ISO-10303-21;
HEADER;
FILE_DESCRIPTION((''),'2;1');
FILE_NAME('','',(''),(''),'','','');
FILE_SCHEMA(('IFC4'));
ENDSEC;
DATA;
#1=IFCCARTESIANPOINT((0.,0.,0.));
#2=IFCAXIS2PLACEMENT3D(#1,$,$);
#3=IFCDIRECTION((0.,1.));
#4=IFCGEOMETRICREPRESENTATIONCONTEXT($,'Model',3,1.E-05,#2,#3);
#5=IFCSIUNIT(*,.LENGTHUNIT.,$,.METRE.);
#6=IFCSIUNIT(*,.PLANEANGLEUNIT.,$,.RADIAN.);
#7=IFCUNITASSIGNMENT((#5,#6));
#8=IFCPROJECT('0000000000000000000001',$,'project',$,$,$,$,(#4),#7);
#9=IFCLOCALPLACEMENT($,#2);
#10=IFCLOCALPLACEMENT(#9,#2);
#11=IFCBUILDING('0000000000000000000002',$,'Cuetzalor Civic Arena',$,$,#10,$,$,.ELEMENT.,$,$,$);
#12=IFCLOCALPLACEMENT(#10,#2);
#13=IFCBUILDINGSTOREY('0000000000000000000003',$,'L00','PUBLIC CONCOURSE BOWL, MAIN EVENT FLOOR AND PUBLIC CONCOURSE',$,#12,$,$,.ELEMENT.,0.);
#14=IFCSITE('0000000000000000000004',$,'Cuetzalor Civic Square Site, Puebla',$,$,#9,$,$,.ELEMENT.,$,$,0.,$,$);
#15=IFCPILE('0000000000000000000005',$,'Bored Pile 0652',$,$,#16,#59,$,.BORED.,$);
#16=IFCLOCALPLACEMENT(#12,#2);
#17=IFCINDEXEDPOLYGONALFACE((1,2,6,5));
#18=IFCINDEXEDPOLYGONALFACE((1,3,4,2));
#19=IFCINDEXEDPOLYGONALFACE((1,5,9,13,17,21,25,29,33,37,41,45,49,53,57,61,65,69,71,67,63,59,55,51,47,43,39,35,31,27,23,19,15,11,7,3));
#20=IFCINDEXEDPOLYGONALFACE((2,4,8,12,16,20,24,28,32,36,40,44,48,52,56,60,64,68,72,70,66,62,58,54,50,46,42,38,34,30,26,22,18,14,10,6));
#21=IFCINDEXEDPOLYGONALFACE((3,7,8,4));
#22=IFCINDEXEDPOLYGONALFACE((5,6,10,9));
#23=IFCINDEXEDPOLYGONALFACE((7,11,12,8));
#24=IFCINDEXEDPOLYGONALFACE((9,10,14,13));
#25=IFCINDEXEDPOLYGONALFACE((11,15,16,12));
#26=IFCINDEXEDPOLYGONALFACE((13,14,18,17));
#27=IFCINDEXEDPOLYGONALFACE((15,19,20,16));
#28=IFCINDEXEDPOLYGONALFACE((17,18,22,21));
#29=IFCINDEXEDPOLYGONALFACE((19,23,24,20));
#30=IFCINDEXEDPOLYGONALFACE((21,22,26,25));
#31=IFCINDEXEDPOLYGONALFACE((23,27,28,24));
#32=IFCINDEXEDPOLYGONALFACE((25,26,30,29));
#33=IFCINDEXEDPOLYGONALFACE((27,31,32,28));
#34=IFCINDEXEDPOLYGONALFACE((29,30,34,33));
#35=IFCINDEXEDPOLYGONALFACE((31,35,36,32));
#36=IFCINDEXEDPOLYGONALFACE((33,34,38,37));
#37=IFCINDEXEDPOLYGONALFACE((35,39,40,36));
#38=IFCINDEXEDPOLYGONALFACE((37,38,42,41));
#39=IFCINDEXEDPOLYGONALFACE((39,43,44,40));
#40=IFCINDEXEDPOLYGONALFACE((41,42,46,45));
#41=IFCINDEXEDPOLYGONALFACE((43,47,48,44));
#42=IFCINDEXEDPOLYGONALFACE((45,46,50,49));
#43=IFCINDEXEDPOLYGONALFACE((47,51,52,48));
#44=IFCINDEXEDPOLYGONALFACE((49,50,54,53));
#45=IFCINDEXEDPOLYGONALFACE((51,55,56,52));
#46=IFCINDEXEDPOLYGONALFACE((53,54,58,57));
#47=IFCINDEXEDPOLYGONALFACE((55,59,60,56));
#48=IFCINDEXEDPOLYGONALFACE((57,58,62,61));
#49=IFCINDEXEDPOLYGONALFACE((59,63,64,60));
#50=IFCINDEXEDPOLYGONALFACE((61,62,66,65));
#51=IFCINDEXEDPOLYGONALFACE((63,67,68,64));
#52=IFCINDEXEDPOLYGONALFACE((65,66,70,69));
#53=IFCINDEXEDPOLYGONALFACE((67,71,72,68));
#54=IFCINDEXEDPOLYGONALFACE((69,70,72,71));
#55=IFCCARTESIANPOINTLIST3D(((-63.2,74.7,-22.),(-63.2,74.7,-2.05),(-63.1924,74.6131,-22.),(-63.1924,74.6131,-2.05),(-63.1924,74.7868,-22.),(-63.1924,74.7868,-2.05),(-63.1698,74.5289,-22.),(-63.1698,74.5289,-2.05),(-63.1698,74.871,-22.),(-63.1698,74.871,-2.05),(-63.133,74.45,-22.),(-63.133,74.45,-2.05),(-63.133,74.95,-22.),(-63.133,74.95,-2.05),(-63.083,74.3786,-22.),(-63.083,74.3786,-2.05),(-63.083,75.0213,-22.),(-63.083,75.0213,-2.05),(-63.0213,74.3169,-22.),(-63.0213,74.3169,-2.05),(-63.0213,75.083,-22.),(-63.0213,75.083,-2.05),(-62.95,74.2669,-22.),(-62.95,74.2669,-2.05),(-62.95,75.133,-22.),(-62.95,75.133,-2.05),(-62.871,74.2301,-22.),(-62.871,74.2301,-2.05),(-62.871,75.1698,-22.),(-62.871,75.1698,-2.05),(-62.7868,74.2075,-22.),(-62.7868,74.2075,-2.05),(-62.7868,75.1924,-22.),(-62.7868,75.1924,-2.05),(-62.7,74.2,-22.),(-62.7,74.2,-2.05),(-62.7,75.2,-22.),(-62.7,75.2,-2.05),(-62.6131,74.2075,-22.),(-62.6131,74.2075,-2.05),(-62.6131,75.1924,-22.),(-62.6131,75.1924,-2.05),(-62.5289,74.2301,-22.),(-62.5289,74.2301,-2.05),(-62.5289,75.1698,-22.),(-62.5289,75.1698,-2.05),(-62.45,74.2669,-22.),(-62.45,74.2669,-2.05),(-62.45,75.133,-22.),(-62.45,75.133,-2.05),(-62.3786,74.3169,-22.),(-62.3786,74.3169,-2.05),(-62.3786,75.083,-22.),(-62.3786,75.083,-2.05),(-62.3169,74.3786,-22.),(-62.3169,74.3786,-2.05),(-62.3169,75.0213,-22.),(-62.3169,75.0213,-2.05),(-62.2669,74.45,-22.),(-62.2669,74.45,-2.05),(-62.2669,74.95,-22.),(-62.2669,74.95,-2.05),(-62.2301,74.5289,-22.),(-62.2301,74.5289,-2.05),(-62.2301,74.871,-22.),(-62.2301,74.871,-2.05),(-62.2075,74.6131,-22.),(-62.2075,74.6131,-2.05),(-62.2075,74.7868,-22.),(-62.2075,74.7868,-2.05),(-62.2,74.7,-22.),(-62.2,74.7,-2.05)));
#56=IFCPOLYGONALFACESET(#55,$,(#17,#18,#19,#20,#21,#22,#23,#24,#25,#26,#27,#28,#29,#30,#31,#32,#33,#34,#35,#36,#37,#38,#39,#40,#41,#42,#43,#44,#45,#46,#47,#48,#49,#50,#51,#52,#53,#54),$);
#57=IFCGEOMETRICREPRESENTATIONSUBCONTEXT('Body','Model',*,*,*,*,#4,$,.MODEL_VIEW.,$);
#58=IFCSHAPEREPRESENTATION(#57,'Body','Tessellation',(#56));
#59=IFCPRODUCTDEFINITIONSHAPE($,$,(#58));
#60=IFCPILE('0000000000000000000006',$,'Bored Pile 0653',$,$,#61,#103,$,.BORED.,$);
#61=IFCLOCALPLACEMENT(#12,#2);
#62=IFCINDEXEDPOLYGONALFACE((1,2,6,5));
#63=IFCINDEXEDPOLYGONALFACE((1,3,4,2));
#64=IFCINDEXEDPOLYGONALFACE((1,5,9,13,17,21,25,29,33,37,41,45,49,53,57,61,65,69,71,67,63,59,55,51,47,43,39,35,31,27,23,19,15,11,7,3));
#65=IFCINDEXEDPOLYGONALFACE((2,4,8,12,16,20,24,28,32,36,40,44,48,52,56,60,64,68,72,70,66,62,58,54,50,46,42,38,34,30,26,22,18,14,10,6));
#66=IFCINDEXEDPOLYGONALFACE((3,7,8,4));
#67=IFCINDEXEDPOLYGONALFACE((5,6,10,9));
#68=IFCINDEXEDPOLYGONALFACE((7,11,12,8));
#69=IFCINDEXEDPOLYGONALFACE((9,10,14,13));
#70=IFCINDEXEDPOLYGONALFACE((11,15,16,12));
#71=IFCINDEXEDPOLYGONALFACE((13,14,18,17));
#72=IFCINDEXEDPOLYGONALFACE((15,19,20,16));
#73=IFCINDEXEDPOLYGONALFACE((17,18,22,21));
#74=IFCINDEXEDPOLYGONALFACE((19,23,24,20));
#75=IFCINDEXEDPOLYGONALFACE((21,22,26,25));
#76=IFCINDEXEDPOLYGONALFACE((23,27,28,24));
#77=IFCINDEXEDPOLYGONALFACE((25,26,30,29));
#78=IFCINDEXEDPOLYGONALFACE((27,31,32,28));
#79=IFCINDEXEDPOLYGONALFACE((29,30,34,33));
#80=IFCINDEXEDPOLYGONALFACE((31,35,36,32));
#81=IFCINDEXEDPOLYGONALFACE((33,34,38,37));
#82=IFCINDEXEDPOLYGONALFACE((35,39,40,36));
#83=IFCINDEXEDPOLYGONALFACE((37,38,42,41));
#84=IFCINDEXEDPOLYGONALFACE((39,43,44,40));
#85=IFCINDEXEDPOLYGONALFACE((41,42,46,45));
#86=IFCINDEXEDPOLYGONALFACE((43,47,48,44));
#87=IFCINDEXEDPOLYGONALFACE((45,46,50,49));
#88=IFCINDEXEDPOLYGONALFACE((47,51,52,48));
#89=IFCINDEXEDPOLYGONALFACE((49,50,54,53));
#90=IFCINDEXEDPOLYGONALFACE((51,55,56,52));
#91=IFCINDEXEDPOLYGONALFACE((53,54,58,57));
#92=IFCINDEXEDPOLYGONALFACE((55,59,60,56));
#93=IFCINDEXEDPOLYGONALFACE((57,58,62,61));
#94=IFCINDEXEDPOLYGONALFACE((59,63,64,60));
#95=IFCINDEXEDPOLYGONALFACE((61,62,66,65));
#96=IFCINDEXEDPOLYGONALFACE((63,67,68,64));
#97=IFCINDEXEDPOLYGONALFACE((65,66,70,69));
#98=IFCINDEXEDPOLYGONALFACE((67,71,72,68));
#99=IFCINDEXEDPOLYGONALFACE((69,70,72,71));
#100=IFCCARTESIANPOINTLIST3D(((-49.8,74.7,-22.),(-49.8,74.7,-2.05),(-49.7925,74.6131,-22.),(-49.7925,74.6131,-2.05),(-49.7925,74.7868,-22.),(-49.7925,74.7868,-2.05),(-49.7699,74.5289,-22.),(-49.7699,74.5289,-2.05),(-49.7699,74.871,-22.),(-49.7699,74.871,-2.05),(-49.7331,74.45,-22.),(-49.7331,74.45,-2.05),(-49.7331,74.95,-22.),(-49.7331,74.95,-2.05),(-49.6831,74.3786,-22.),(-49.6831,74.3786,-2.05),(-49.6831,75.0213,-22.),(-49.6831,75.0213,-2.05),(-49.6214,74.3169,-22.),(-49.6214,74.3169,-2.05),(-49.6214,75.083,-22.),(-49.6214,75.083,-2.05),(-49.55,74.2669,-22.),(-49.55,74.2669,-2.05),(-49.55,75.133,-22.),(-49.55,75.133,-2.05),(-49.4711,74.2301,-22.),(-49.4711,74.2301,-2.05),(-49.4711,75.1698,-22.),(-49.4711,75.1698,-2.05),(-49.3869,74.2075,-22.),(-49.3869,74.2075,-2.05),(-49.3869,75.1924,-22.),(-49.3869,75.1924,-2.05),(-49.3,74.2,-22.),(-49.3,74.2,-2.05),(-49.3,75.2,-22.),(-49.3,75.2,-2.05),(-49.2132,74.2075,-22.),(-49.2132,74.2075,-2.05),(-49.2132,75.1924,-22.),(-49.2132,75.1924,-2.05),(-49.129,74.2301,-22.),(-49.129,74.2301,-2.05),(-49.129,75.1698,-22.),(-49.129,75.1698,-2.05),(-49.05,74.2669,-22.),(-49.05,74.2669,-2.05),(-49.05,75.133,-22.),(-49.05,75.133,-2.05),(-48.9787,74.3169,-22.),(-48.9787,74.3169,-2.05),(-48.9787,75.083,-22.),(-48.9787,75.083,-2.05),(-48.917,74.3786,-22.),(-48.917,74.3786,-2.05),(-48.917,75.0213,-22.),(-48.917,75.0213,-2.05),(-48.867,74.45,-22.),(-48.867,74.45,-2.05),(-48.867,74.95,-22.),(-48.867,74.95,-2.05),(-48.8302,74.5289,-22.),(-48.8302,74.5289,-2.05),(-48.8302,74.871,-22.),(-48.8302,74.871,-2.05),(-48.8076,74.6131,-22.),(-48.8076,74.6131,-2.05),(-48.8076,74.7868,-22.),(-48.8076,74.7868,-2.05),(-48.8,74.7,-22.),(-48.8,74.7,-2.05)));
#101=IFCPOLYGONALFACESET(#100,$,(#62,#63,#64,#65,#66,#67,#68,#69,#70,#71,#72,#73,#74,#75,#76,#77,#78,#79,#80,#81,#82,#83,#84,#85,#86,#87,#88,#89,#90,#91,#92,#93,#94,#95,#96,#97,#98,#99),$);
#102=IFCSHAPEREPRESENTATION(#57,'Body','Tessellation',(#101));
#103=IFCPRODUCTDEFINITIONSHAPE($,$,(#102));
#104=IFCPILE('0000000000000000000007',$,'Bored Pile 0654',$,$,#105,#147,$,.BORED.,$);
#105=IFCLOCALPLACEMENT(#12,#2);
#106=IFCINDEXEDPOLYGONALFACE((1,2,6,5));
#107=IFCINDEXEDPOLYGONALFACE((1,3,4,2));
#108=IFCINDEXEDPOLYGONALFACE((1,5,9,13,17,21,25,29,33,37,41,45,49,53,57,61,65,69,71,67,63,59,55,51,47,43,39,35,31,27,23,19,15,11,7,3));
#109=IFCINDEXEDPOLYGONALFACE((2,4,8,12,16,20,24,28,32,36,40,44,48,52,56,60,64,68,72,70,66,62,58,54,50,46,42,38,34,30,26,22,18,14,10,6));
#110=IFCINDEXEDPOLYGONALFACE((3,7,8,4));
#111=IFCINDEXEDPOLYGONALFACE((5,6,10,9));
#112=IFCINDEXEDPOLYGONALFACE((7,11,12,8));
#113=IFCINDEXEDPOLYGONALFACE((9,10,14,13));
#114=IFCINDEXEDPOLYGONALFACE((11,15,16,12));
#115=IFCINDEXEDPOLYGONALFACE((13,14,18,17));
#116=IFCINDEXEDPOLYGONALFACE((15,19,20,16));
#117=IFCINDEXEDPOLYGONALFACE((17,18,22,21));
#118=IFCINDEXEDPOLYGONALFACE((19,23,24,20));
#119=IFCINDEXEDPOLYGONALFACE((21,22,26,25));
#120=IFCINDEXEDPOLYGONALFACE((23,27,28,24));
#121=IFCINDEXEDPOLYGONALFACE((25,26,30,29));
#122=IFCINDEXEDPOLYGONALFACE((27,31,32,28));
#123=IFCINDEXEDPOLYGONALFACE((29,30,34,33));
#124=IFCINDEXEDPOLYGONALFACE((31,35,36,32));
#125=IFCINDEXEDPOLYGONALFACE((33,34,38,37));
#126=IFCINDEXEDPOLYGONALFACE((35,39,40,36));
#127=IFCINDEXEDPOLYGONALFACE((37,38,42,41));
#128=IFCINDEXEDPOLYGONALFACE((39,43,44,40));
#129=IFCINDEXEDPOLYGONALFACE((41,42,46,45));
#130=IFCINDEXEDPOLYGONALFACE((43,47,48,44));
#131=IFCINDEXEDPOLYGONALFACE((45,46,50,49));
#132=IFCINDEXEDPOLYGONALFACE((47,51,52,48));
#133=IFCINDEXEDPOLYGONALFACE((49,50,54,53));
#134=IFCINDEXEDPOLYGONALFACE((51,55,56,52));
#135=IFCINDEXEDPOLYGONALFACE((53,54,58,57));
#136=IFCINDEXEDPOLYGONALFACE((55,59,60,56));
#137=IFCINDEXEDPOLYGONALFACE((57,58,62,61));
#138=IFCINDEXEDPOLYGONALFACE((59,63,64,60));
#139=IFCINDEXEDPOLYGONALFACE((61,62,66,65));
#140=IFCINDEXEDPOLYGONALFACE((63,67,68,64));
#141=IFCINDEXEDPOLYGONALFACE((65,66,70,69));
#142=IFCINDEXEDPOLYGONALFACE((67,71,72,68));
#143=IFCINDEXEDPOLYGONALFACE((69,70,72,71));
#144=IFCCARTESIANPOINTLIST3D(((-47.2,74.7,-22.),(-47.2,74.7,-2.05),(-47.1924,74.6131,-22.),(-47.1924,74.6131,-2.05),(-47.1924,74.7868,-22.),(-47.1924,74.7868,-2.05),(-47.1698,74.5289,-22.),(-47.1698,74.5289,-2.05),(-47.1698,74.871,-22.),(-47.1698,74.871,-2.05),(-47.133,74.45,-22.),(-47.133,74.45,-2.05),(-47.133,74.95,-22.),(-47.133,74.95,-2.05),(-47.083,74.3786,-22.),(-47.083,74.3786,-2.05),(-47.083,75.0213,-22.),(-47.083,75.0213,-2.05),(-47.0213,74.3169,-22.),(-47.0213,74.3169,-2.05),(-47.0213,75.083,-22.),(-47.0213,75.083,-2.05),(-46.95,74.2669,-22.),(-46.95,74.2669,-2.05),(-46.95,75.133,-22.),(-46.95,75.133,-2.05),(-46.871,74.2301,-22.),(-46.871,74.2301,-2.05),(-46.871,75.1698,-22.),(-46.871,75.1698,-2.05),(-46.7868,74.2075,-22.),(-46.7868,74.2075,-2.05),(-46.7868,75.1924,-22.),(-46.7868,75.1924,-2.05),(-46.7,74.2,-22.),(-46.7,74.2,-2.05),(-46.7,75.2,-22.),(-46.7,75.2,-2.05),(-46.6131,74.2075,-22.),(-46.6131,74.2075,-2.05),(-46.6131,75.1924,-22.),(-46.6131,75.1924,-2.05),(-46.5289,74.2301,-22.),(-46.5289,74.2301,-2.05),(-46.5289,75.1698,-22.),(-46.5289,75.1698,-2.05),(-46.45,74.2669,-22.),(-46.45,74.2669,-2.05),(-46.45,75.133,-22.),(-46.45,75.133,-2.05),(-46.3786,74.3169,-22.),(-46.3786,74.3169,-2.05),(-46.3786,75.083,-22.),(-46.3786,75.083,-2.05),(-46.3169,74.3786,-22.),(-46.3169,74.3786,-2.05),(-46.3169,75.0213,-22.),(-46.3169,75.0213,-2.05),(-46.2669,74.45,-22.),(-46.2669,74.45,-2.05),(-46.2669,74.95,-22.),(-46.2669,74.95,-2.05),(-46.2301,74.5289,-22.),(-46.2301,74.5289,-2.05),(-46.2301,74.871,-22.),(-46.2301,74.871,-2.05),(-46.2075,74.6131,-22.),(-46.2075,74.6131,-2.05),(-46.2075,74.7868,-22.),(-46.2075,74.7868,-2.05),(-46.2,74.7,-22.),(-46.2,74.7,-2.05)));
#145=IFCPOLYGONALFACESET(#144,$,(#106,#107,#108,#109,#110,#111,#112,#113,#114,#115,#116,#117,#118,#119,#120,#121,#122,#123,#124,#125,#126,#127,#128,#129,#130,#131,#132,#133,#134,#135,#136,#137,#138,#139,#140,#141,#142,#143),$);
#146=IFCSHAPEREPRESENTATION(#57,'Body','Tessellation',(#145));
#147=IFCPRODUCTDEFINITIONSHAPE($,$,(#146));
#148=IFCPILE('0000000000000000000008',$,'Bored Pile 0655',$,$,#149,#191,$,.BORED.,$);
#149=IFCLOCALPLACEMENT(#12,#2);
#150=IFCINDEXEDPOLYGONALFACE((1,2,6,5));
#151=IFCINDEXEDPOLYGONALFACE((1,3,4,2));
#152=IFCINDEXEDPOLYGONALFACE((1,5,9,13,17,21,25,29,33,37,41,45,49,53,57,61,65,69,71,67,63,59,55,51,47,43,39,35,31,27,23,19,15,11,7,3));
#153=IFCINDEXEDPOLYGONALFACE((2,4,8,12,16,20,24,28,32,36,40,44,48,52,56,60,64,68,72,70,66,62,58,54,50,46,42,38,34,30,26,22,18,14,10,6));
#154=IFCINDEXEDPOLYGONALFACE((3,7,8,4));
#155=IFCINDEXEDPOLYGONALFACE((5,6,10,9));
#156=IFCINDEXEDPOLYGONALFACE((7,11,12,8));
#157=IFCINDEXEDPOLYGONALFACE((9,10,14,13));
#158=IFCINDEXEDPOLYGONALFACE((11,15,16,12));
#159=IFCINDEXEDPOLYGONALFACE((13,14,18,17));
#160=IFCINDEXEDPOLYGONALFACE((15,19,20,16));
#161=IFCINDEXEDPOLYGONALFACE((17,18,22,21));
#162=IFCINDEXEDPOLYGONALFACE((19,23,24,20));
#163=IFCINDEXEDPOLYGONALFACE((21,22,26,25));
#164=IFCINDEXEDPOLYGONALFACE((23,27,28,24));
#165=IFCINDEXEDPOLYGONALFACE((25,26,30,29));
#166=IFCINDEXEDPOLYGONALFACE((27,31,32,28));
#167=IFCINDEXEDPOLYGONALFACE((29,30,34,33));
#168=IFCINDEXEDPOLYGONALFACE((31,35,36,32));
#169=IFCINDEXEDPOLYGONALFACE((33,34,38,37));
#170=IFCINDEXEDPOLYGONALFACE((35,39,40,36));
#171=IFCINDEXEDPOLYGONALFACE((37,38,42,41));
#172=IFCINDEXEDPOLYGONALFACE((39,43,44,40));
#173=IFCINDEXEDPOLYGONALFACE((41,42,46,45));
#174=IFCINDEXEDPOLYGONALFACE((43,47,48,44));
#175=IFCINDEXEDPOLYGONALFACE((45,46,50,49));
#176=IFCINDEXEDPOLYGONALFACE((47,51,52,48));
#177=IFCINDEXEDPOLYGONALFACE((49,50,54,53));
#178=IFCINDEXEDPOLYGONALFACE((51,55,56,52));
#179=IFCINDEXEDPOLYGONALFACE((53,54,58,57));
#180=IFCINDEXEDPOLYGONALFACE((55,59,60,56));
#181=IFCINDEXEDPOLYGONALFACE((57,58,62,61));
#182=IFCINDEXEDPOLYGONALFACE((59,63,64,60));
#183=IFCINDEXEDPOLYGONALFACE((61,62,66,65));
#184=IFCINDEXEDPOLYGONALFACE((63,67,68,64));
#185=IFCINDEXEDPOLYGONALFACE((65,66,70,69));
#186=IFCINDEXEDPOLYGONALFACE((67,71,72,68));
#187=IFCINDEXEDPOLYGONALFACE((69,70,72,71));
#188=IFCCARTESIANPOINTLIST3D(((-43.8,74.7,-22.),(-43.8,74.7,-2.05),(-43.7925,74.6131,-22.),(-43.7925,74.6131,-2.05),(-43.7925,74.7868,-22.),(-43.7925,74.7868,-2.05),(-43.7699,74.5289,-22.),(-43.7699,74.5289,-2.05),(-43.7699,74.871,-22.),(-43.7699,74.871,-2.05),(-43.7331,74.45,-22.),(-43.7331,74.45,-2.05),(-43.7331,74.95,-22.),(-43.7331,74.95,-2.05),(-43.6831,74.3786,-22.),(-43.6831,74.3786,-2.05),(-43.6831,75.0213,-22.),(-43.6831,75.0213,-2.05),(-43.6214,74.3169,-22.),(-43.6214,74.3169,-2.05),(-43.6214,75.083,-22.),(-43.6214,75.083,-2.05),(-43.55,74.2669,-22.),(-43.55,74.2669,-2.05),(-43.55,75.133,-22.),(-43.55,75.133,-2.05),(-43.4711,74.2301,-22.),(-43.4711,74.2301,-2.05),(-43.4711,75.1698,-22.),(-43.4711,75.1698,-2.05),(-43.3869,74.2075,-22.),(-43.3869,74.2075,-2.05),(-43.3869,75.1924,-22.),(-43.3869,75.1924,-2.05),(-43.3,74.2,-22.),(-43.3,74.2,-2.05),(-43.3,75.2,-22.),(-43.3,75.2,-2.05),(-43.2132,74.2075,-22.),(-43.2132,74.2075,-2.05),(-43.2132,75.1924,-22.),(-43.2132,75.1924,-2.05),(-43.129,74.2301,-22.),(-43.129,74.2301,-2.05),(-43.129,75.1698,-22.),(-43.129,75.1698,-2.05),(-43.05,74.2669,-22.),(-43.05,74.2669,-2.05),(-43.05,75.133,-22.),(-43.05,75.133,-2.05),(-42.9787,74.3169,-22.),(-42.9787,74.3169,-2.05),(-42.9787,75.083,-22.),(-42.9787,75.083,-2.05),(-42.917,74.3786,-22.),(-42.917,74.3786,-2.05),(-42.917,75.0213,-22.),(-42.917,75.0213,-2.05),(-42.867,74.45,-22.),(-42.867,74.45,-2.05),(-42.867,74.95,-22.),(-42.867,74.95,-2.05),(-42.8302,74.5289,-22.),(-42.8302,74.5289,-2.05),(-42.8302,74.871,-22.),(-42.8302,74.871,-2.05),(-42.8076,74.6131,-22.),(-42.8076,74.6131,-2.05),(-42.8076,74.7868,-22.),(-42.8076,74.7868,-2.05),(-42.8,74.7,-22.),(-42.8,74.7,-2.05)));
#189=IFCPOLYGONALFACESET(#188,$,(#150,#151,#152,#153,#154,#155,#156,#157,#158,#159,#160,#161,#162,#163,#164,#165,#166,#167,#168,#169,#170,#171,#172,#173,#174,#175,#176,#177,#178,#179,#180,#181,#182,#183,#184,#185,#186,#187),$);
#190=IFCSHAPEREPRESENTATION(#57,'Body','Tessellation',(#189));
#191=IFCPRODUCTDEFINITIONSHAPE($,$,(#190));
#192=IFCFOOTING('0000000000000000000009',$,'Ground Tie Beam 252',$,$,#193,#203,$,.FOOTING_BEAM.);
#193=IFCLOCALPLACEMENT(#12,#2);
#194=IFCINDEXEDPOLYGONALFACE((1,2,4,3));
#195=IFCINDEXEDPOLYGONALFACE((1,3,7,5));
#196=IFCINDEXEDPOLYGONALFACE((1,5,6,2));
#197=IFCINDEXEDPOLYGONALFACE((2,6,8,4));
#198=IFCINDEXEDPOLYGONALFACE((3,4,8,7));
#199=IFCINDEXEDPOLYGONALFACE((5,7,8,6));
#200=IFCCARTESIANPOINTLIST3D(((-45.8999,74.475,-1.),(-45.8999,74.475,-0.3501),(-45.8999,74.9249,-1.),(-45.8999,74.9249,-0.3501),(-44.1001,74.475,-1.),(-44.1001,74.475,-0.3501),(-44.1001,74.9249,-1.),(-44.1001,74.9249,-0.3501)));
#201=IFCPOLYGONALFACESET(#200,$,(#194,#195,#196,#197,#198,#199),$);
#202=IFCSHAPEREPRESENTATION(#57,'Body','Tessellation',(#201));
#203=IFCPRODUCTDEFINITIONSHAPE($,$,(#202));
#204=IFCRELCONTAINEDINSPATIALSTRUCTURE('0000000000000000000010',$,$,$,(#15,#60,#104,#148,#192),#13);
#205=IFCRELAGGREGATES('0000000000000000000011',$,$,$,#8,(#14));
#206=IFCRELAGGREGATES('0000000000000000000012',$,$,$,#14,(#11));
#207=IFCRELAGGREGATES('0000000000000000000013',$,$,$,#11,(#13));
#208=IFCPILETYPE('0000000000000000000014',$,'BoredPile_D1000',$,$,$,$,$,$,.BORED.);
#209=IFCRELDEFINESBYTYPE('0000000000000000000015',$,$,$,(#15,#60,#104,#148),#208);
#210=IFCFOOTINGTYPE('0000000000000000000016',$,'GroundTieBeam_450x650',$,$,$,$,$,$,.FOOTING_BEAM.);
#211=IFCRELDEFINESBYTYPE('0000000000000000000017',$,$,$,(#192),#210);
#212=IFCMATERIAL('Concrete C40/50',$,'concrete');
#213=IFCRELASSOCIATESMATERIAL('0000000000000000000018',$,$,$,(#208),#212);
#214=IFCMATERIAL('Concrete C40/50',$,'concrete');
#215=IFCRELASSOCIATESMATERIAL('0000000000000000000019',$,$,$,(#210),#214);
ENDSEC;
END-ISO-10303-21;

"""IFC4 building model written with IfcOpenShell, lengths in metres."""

from ifc_helpers import new_model, si_unit, direction, frame, origin, origin_2d, place, context, subcontext, project, spatial, rectangle, circle, extrude, material, material_profile, profile_set, type_object, element, save


model = new_model("IFC4")

# Units and contexts
model_context = context("Model", 3, precision=1e-05, world=origin(), true_north=direction((0.0, 1.0)))
body_context = subcontext(model_context, "Body", "Model", "MODEL_VIEW")
ifc_project = project(units=[si_unit("LENGTHUNIT", "METRE"), si_unit("PLANEANGLEUNIT", "RADIAN")], contexts=[model_context])

# Site, building, storey
site_placement = place(None, origin())
site = spatial("IfcSite", under=ifc_project, at=site_placement, Name="Cuetzalor Civic Square Site, Puebla", CompositionType="ELEMENT", RefElevation=0.0)
building_placement = place(site_placement, origin())
building = spatial("IfcBuilding", under=site, at=building_placement, Name="Cuetzalor Civic Arena", CompositionType="ELEMENT")
storey_placement = place(building_placement, origin())
storey = spatial("IfcBuildingStorey", under=building, at=storey_placement, Name="L00", Description="PUBLIC CONCOURSE BOWL, MAIN EVENT FLOOR AND PUBLIC CONCOURSE", CompositionType="ELEMENT", Elevation=0.0)

# Piles
ifc_material_1 = material(Name="Concrete C40/50", Category="concrete")
ifc_material_profile_1 = material_profile(ifc_material_1, circle(Radius=0.5, at=origin_2d()), Name="BORED PILE D1000")
ifc_profile_set_1 = profile_set([ifc_material_profile_1], Name="Concrete C40/50")
pile_type = type_object("IfcPileType", Name="BoredPile_D1000", PredefinedType="BORED", material=ifc_profile_set_1)
for number, where, z_axis, x_axis, name in (
    (1, (-62.7, 74.7, -2.05), (0.0, 0.0, -1.0), (1.0, 0.0, 0.0), "Bored Pile 0652"),
    (2, (-49.3, 74.7, -2.05), (0.0, 0.0, -1.0), (1.0, 0.0, 0.0), "Bored Pile 0653"),
    (3, (-46.7, 74.7, -2.05), (0.0, 0.0, -1.0), (1.0, 0.0, 0.0), "Bored Pile 0654"),
    (4, (-43.3, 74.7, -2.05), (0.0, 0.0, -1.0), (1.0, 0.0, 0.0), "Bored Pile 0655"),
):
    element("IfcPile", number, at=place(storey_placement, frame(where, z_axis=z_axis, x_axis=x_axis)), inside=storey, type_object=pile_type, Name=name, PredefinedType="BORED", context=body_context, shape_type="SweptSolid", body=[
        extrude(circle(Radius=0.5, at=origin_2d()), origin(), (0.0, 0.0, 1.0), 19.95),
    ])

# Footing
ifc_material_2 = material(Name="Concrete C40/50", Category="concrete")
ifc_material_profile_2 = material_profile(ifc_material_2, rectangle(XDim=0.45, YDim=0.6499, at=origin_2d()), Name="RC 450x650")
ifc_profile_set_2 = profile_set([ifc_material_profile_2], Name="Concrete C40/50")
footing_type_1 = type_object("IfcFootingType", Name="GroundTieBeam_450x650", PredefinedType="FOOTING_BEAM", material=ifc_profile_set_2)
footing_placement = place(storey_placement, frame((-45.8999, 74.7, -0.675), z_axis=(1.0, 0.0, 0.0), x_axis=(0.0, 1.0, 0.0)))
element("IfcFooting", 5, at=footing_placement, inside=storey, type_object=footing_type_1, Name="Ground Tie Beam 252", PredefinedType="FOOTING_BEAM", context=body_context, shape_type="SweptSolid", body=[
    extrude(rectangle(XDim=0.45, YDim=0.6499, at=origin_2d()), origin(), (0.0, 0.0, 1.0), 1.7998),
])

save(model, "model.ifc")
